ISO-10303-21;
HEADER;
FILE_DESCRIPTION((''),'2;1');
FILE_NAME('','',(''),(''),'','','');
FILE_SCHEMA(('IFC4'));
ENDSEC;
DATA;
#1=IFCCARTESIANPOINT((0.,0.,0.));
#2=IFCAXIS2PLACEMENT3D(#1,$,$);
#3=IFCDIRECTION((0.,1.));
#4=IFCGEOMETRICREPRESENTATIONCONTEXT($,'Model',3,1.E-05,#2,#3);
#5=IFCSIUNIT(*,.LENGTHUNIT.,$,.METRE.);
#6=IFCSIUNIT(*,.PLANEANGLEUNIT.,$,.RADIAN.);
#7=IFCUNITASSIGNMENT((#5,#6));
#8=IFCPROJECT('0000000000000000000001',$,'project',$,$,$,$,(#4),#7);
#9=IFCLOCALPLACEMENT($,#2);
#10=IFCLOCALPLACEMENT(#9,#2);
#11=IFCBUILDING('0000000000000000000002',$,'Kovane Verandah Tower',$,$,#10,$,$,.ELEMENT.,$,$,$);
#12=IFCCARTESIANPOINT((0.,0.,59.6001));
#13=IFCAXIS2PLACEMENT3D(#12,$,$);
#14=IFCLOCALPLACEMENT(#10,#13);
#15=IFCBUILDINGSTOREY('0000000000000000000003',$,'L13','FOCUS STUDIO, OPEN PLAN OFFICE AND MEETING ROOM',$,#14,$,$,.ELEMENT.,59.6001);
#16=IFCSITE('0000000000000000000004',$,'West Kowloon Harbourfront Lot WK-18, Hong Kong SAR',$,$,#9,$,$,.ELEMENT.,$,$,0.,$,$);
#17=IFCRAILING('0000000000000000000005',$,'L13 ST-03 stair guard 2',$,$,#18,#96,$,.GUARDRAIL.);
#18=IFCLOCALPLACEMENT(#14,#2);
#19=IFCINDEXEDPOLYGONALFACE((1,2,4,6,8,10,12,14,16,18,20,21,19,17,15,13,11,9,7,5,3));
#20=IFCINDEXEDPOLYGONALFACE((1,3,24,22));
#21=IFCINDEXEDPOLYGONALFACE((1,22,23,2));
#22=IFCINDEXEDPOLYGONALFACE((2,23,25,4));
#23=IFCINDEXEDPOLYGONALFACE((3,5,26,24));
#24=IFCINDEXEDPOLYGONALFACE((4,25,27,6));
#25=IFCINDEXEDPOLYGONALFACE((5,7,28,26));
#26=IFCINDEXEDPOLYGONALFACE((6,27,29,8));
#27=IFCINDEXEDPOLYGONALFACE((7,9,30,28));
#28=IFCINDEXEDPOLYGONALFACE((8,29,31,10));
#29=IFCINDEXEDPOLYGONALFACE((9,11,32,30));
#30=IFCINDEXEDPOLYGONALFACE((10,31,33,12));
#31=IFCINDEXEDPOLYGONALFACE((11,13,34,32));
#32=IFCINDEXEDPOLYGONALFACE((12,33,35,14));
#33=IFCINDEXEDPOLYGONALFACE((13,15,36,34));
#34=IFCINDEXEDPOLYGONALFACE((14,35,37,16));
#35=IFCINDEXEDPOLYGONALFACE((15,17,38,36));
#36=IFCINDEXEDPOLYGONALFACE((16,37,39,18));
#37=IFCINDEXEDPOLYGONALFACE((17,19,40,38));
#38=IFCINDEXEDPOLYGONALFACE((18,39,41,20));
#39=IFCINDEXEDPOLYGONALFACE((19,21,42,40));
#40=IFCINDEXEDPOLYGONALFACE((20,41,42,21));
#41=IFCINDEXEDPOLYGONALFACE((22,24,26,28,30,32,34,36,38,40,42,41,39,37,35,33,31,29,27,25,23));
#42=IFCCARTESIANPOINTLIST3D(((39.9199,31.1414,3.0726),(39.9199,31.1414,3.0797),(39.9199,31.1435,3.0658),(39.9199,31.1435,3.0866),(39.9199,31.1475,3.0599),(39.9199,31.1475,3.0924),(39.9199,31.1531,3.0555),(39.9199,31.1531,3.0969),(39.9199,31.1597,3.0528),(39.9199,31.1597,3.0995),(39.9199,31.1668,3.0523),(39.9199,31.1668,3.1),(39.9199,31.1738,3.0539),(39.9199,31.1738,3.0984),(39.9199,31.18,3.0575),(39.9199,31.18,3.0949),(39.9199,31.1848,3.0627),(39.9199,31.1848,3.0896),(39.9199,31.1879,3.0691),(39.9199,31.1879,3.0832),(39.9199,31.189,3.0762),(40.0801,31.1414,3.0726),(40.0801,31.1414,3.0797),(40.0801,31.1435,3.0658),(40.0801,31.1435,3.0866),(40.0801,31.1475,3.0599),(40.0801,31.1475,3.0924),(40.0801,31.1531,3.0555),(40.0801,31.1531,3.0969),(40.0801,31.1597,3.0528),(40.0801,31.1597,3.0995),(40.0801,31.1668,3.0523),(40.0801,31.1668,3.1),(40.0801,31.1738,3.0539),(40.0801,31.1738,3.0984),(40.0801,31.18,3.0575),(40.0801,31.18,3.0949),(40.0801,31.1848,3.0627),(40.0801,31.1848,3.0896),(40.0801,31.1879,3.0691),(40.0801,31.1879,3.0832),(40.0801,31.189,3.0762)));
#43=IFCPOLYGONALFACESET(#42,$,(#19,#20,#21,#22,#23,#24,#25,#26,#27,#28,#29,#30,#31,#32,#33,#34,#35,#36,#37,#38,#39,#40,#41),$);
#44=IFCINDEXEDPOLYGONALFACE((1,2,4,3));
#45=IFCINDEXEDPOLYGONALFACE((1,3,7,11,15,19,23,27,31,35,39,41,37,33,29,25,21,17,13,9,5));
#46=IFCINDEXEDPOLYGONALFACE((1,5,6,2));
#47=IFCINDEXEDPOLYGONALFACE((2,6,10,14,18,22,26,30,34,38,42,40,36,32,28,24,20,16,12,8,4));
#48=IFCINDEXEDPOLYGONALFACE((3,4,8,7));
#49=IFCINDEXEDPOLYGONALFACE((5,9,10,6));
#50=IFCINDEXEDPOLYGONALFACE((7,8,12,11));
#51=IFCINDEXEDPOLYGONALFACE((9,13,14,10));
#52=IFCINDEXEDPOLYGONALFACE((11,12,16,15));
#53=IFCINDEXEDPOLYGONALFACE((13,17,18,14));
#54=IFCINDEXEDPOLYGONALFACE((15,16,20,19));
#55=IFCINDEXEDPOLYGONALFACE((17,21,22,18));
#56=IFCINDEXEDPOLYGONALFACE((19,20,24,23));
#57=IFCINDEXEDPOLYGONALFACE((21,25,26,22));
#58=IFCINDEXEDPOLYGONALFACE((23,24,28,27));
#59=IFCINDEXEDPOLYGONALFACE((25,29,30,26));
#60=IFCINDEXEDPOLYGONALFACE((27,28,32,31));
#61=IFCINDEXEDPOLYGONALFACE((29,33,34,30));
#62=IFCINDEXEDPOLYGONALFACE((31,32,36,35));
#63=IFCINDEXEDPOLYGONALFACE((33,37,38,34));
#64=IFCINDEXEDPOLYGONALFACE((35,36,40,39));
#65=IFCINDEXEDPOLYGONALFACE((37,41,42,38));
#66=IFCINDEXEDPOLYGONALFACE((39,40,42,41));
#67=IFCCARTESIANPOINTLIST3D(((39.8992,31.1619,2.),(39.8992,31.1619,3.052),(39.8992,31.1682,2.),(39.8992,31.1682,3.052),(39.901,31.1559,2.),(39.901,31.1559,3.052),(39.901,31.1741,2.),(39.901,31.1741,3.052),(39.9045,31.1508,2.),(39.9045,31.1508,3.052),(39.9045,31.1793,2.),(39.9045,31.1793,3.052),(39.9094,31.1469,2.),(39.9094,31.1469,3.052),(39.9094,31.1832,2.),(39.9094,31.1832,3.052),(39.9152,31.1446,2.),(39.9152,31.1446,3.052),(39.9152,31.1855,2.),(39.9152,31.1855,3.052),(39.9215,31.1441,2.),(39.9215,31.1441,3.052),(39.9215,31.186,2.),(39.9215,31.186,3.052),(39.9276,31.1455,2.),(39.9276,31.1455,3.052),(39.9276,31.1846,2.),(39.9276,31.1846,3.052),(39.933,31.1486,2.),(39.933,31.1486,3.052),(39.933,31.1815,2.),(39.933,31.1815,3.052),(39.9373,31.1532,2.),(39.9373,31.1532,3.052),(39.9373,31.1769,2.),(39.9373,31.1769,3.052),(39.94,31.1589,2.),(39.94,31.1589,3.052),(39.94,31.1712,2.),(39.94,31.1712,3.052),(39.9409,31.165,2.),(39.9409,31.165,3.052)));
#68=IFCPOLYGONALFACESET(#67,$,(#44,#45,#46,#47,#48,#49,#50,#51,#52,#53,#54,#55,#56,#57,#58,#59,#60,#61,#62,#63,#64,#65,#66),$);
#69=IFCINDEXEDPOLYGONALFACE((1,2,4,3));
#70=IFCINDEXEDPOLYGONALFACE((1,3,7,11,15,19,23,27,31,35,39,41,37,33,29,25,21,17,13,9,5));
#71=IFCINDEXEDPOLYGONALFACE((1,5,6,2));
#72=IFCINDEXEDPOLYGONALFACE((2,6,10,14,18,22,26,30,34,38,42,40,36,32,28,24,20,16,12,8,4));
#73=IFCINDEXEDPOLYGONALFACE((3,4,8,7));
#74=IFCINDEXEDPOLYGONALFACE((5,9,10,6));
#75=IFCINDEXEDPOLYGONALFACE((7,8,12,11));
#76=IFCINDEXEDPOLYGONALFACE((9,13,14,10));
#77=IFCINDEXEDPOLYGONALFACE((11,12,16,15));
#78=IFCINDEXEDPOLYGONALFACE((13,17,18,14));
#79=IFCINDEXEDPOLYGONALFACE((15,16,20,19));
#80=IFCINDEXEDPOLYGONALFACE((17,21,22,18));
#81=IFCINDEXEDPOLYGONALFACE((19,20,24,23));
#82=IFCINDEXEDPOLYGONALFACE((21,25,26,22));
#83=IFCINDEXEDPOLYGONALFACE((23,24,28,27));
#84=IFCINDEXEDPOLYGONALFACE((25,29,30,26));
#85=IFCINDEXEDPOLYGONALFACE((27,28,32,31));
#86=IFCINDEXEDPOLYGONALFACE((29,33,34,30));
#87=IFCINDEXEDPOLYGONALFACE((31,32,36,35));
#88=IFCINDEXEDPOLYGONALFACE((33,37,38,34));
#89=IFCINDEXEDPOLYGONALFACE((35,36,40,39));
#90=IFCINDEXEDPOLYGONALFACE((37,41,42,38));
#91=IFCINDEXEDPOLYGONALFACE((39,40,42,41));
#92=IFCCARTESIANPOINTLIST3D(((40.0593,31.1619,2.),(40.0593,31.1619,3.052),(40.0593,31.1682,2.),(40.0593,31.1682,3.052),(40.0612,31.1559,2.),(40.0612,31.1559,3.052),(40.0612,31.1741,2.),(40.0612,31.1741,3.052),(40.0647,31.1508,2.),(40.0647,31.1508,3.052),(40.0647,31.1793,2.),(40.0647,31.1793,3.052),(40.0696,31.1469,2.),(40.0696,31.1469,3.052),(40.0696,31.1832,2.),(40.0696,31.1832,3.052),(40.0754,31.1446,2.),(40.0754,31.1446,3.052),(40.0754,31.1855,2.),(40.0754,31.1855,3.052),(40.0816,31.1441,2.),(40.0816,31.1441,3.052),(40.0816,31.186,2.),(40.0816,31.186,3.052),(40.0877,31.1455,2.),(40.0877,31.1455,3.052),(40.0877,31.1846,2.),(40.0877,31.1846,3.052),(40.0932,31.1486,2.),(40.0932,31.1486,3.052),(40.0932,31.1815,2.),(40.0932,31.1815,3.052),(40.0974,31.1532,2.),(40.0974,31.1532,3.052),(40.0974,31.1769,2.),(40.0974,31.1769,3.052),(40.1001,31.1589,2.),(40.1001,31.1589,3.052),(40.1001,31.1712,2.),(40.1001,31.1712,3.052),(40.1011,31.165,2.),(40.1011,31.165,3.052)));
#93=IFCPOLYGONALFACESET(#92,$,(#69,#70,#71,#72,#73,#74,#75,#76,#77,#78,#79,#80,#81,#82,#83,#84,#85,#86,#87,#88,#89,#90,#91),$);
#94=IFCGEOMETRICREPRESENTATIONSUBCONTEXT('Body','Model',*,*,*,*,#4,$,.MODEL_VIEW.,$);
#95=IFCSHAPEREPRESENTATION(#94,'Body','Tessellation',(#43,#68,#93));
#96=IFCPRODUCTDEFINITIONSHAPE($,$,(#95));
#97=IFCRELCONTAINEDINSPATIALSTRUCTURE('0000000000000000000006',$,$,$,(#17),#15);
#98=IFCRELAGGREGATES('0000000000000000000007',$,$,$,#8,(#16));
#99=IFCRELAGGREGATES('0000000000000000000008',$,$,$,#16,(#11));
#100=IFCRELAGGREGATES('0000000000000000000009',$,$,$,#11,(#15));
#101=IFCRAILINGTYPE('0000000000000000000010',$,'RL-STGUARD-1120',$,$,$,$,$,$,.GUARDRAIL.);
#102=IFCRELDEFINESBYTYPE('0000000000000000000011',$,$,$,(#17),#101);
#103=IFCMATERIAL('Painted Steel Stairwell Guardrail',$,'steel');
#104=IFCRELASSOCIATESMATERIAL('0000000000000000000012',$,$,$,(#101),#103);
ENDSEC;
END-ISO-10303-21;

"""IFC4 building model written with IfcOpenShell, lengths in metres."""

from ifc_helpers import new_model, si_unit, direction, frame, origin, origin_2d, place, context, subcontext, project, spatial, circle, extrude, material, type_object, element, save


model = new_model("IFC4")

# Units and contexts
model_context = context("Model", 3, precision=1e-05, world=origin(), true_north=direction((0.0, 1.0)))
body_context = subcontext(model_context, "Body", "Model", "MODEL_VIEW")
ifc_project = project(units=[si_unit("LENGTHUNIT", "METRE"), si_unit("PLANEANGLEUNIT", "RADIAN")], contexts=[model_context])

# Site, building, storey
site_placement = place(None, origin())
site = spatial("IfcSite", under=ifc_project, at=site_placement, Name="West Kowloon Harbourfront Lot WK-18, Hong Kong SAR", CompositionType="ELEMENT", RefElevation=0.0)
building_placement = place(site_placement, origin())
building = spatial("IfcBuilding", under=site, at=building_placement, Name="Kovane Verandah Tower", CompositionType="ELEMENT")
storey_placement = place(building_placement, frame((0.0, 0.0, 59.6001)))
storey = spatial("IfcBuildingStorey", under=building, at=storey_placement, Name="L13", Description="FOCUS STUDIO, OPEN PLAN OFFICE AND MEETING ROOM", CompositionType="ELEMENT", Elevation=59.6001)

# Railing
ifc_material_1 = material(Name="Painted Steel Stairwell Guardrail", Category="steel")
railing_type_1 = type_object("IfcRailingType", Name="RL-STGUARD-1120", PredefinedType="GUARDRAIL", material=ifc_material_1)
railing_1_placement = place(storey_placement, frame((39.9199, 31.165, 2.0)))
element("IfcRailing", 1, at=railing_1_placement, inside=storey, type_object=railing_type_1, Name="L13 ST-03 stair guard 2", PredefinedType="GUARDRAIL", context=body_context, shape_type="SweptSolid", body=[
    extrude(circle(Radius=0.0239, at=origin_2d()), frame((0.0, 0.0, 1.0762), z_axis=(1.0, 0.0, 0.0), x_axis=(0.0, 1.0, 0.0)), (0.0, 0.0, 1.0), 0.1602),
    extrude(circle(Radius=0.021, at=origin_2d()), origin(), (0.0, 0.0, 1.0), 1.052),
    extrude(circle(Radius=0.021, at=origin_2d()), frame((0.1602, 0.0, 0.0)), (0.0, 0.0, 1.0), 1.052),
])

save(model, "model.ifc")
